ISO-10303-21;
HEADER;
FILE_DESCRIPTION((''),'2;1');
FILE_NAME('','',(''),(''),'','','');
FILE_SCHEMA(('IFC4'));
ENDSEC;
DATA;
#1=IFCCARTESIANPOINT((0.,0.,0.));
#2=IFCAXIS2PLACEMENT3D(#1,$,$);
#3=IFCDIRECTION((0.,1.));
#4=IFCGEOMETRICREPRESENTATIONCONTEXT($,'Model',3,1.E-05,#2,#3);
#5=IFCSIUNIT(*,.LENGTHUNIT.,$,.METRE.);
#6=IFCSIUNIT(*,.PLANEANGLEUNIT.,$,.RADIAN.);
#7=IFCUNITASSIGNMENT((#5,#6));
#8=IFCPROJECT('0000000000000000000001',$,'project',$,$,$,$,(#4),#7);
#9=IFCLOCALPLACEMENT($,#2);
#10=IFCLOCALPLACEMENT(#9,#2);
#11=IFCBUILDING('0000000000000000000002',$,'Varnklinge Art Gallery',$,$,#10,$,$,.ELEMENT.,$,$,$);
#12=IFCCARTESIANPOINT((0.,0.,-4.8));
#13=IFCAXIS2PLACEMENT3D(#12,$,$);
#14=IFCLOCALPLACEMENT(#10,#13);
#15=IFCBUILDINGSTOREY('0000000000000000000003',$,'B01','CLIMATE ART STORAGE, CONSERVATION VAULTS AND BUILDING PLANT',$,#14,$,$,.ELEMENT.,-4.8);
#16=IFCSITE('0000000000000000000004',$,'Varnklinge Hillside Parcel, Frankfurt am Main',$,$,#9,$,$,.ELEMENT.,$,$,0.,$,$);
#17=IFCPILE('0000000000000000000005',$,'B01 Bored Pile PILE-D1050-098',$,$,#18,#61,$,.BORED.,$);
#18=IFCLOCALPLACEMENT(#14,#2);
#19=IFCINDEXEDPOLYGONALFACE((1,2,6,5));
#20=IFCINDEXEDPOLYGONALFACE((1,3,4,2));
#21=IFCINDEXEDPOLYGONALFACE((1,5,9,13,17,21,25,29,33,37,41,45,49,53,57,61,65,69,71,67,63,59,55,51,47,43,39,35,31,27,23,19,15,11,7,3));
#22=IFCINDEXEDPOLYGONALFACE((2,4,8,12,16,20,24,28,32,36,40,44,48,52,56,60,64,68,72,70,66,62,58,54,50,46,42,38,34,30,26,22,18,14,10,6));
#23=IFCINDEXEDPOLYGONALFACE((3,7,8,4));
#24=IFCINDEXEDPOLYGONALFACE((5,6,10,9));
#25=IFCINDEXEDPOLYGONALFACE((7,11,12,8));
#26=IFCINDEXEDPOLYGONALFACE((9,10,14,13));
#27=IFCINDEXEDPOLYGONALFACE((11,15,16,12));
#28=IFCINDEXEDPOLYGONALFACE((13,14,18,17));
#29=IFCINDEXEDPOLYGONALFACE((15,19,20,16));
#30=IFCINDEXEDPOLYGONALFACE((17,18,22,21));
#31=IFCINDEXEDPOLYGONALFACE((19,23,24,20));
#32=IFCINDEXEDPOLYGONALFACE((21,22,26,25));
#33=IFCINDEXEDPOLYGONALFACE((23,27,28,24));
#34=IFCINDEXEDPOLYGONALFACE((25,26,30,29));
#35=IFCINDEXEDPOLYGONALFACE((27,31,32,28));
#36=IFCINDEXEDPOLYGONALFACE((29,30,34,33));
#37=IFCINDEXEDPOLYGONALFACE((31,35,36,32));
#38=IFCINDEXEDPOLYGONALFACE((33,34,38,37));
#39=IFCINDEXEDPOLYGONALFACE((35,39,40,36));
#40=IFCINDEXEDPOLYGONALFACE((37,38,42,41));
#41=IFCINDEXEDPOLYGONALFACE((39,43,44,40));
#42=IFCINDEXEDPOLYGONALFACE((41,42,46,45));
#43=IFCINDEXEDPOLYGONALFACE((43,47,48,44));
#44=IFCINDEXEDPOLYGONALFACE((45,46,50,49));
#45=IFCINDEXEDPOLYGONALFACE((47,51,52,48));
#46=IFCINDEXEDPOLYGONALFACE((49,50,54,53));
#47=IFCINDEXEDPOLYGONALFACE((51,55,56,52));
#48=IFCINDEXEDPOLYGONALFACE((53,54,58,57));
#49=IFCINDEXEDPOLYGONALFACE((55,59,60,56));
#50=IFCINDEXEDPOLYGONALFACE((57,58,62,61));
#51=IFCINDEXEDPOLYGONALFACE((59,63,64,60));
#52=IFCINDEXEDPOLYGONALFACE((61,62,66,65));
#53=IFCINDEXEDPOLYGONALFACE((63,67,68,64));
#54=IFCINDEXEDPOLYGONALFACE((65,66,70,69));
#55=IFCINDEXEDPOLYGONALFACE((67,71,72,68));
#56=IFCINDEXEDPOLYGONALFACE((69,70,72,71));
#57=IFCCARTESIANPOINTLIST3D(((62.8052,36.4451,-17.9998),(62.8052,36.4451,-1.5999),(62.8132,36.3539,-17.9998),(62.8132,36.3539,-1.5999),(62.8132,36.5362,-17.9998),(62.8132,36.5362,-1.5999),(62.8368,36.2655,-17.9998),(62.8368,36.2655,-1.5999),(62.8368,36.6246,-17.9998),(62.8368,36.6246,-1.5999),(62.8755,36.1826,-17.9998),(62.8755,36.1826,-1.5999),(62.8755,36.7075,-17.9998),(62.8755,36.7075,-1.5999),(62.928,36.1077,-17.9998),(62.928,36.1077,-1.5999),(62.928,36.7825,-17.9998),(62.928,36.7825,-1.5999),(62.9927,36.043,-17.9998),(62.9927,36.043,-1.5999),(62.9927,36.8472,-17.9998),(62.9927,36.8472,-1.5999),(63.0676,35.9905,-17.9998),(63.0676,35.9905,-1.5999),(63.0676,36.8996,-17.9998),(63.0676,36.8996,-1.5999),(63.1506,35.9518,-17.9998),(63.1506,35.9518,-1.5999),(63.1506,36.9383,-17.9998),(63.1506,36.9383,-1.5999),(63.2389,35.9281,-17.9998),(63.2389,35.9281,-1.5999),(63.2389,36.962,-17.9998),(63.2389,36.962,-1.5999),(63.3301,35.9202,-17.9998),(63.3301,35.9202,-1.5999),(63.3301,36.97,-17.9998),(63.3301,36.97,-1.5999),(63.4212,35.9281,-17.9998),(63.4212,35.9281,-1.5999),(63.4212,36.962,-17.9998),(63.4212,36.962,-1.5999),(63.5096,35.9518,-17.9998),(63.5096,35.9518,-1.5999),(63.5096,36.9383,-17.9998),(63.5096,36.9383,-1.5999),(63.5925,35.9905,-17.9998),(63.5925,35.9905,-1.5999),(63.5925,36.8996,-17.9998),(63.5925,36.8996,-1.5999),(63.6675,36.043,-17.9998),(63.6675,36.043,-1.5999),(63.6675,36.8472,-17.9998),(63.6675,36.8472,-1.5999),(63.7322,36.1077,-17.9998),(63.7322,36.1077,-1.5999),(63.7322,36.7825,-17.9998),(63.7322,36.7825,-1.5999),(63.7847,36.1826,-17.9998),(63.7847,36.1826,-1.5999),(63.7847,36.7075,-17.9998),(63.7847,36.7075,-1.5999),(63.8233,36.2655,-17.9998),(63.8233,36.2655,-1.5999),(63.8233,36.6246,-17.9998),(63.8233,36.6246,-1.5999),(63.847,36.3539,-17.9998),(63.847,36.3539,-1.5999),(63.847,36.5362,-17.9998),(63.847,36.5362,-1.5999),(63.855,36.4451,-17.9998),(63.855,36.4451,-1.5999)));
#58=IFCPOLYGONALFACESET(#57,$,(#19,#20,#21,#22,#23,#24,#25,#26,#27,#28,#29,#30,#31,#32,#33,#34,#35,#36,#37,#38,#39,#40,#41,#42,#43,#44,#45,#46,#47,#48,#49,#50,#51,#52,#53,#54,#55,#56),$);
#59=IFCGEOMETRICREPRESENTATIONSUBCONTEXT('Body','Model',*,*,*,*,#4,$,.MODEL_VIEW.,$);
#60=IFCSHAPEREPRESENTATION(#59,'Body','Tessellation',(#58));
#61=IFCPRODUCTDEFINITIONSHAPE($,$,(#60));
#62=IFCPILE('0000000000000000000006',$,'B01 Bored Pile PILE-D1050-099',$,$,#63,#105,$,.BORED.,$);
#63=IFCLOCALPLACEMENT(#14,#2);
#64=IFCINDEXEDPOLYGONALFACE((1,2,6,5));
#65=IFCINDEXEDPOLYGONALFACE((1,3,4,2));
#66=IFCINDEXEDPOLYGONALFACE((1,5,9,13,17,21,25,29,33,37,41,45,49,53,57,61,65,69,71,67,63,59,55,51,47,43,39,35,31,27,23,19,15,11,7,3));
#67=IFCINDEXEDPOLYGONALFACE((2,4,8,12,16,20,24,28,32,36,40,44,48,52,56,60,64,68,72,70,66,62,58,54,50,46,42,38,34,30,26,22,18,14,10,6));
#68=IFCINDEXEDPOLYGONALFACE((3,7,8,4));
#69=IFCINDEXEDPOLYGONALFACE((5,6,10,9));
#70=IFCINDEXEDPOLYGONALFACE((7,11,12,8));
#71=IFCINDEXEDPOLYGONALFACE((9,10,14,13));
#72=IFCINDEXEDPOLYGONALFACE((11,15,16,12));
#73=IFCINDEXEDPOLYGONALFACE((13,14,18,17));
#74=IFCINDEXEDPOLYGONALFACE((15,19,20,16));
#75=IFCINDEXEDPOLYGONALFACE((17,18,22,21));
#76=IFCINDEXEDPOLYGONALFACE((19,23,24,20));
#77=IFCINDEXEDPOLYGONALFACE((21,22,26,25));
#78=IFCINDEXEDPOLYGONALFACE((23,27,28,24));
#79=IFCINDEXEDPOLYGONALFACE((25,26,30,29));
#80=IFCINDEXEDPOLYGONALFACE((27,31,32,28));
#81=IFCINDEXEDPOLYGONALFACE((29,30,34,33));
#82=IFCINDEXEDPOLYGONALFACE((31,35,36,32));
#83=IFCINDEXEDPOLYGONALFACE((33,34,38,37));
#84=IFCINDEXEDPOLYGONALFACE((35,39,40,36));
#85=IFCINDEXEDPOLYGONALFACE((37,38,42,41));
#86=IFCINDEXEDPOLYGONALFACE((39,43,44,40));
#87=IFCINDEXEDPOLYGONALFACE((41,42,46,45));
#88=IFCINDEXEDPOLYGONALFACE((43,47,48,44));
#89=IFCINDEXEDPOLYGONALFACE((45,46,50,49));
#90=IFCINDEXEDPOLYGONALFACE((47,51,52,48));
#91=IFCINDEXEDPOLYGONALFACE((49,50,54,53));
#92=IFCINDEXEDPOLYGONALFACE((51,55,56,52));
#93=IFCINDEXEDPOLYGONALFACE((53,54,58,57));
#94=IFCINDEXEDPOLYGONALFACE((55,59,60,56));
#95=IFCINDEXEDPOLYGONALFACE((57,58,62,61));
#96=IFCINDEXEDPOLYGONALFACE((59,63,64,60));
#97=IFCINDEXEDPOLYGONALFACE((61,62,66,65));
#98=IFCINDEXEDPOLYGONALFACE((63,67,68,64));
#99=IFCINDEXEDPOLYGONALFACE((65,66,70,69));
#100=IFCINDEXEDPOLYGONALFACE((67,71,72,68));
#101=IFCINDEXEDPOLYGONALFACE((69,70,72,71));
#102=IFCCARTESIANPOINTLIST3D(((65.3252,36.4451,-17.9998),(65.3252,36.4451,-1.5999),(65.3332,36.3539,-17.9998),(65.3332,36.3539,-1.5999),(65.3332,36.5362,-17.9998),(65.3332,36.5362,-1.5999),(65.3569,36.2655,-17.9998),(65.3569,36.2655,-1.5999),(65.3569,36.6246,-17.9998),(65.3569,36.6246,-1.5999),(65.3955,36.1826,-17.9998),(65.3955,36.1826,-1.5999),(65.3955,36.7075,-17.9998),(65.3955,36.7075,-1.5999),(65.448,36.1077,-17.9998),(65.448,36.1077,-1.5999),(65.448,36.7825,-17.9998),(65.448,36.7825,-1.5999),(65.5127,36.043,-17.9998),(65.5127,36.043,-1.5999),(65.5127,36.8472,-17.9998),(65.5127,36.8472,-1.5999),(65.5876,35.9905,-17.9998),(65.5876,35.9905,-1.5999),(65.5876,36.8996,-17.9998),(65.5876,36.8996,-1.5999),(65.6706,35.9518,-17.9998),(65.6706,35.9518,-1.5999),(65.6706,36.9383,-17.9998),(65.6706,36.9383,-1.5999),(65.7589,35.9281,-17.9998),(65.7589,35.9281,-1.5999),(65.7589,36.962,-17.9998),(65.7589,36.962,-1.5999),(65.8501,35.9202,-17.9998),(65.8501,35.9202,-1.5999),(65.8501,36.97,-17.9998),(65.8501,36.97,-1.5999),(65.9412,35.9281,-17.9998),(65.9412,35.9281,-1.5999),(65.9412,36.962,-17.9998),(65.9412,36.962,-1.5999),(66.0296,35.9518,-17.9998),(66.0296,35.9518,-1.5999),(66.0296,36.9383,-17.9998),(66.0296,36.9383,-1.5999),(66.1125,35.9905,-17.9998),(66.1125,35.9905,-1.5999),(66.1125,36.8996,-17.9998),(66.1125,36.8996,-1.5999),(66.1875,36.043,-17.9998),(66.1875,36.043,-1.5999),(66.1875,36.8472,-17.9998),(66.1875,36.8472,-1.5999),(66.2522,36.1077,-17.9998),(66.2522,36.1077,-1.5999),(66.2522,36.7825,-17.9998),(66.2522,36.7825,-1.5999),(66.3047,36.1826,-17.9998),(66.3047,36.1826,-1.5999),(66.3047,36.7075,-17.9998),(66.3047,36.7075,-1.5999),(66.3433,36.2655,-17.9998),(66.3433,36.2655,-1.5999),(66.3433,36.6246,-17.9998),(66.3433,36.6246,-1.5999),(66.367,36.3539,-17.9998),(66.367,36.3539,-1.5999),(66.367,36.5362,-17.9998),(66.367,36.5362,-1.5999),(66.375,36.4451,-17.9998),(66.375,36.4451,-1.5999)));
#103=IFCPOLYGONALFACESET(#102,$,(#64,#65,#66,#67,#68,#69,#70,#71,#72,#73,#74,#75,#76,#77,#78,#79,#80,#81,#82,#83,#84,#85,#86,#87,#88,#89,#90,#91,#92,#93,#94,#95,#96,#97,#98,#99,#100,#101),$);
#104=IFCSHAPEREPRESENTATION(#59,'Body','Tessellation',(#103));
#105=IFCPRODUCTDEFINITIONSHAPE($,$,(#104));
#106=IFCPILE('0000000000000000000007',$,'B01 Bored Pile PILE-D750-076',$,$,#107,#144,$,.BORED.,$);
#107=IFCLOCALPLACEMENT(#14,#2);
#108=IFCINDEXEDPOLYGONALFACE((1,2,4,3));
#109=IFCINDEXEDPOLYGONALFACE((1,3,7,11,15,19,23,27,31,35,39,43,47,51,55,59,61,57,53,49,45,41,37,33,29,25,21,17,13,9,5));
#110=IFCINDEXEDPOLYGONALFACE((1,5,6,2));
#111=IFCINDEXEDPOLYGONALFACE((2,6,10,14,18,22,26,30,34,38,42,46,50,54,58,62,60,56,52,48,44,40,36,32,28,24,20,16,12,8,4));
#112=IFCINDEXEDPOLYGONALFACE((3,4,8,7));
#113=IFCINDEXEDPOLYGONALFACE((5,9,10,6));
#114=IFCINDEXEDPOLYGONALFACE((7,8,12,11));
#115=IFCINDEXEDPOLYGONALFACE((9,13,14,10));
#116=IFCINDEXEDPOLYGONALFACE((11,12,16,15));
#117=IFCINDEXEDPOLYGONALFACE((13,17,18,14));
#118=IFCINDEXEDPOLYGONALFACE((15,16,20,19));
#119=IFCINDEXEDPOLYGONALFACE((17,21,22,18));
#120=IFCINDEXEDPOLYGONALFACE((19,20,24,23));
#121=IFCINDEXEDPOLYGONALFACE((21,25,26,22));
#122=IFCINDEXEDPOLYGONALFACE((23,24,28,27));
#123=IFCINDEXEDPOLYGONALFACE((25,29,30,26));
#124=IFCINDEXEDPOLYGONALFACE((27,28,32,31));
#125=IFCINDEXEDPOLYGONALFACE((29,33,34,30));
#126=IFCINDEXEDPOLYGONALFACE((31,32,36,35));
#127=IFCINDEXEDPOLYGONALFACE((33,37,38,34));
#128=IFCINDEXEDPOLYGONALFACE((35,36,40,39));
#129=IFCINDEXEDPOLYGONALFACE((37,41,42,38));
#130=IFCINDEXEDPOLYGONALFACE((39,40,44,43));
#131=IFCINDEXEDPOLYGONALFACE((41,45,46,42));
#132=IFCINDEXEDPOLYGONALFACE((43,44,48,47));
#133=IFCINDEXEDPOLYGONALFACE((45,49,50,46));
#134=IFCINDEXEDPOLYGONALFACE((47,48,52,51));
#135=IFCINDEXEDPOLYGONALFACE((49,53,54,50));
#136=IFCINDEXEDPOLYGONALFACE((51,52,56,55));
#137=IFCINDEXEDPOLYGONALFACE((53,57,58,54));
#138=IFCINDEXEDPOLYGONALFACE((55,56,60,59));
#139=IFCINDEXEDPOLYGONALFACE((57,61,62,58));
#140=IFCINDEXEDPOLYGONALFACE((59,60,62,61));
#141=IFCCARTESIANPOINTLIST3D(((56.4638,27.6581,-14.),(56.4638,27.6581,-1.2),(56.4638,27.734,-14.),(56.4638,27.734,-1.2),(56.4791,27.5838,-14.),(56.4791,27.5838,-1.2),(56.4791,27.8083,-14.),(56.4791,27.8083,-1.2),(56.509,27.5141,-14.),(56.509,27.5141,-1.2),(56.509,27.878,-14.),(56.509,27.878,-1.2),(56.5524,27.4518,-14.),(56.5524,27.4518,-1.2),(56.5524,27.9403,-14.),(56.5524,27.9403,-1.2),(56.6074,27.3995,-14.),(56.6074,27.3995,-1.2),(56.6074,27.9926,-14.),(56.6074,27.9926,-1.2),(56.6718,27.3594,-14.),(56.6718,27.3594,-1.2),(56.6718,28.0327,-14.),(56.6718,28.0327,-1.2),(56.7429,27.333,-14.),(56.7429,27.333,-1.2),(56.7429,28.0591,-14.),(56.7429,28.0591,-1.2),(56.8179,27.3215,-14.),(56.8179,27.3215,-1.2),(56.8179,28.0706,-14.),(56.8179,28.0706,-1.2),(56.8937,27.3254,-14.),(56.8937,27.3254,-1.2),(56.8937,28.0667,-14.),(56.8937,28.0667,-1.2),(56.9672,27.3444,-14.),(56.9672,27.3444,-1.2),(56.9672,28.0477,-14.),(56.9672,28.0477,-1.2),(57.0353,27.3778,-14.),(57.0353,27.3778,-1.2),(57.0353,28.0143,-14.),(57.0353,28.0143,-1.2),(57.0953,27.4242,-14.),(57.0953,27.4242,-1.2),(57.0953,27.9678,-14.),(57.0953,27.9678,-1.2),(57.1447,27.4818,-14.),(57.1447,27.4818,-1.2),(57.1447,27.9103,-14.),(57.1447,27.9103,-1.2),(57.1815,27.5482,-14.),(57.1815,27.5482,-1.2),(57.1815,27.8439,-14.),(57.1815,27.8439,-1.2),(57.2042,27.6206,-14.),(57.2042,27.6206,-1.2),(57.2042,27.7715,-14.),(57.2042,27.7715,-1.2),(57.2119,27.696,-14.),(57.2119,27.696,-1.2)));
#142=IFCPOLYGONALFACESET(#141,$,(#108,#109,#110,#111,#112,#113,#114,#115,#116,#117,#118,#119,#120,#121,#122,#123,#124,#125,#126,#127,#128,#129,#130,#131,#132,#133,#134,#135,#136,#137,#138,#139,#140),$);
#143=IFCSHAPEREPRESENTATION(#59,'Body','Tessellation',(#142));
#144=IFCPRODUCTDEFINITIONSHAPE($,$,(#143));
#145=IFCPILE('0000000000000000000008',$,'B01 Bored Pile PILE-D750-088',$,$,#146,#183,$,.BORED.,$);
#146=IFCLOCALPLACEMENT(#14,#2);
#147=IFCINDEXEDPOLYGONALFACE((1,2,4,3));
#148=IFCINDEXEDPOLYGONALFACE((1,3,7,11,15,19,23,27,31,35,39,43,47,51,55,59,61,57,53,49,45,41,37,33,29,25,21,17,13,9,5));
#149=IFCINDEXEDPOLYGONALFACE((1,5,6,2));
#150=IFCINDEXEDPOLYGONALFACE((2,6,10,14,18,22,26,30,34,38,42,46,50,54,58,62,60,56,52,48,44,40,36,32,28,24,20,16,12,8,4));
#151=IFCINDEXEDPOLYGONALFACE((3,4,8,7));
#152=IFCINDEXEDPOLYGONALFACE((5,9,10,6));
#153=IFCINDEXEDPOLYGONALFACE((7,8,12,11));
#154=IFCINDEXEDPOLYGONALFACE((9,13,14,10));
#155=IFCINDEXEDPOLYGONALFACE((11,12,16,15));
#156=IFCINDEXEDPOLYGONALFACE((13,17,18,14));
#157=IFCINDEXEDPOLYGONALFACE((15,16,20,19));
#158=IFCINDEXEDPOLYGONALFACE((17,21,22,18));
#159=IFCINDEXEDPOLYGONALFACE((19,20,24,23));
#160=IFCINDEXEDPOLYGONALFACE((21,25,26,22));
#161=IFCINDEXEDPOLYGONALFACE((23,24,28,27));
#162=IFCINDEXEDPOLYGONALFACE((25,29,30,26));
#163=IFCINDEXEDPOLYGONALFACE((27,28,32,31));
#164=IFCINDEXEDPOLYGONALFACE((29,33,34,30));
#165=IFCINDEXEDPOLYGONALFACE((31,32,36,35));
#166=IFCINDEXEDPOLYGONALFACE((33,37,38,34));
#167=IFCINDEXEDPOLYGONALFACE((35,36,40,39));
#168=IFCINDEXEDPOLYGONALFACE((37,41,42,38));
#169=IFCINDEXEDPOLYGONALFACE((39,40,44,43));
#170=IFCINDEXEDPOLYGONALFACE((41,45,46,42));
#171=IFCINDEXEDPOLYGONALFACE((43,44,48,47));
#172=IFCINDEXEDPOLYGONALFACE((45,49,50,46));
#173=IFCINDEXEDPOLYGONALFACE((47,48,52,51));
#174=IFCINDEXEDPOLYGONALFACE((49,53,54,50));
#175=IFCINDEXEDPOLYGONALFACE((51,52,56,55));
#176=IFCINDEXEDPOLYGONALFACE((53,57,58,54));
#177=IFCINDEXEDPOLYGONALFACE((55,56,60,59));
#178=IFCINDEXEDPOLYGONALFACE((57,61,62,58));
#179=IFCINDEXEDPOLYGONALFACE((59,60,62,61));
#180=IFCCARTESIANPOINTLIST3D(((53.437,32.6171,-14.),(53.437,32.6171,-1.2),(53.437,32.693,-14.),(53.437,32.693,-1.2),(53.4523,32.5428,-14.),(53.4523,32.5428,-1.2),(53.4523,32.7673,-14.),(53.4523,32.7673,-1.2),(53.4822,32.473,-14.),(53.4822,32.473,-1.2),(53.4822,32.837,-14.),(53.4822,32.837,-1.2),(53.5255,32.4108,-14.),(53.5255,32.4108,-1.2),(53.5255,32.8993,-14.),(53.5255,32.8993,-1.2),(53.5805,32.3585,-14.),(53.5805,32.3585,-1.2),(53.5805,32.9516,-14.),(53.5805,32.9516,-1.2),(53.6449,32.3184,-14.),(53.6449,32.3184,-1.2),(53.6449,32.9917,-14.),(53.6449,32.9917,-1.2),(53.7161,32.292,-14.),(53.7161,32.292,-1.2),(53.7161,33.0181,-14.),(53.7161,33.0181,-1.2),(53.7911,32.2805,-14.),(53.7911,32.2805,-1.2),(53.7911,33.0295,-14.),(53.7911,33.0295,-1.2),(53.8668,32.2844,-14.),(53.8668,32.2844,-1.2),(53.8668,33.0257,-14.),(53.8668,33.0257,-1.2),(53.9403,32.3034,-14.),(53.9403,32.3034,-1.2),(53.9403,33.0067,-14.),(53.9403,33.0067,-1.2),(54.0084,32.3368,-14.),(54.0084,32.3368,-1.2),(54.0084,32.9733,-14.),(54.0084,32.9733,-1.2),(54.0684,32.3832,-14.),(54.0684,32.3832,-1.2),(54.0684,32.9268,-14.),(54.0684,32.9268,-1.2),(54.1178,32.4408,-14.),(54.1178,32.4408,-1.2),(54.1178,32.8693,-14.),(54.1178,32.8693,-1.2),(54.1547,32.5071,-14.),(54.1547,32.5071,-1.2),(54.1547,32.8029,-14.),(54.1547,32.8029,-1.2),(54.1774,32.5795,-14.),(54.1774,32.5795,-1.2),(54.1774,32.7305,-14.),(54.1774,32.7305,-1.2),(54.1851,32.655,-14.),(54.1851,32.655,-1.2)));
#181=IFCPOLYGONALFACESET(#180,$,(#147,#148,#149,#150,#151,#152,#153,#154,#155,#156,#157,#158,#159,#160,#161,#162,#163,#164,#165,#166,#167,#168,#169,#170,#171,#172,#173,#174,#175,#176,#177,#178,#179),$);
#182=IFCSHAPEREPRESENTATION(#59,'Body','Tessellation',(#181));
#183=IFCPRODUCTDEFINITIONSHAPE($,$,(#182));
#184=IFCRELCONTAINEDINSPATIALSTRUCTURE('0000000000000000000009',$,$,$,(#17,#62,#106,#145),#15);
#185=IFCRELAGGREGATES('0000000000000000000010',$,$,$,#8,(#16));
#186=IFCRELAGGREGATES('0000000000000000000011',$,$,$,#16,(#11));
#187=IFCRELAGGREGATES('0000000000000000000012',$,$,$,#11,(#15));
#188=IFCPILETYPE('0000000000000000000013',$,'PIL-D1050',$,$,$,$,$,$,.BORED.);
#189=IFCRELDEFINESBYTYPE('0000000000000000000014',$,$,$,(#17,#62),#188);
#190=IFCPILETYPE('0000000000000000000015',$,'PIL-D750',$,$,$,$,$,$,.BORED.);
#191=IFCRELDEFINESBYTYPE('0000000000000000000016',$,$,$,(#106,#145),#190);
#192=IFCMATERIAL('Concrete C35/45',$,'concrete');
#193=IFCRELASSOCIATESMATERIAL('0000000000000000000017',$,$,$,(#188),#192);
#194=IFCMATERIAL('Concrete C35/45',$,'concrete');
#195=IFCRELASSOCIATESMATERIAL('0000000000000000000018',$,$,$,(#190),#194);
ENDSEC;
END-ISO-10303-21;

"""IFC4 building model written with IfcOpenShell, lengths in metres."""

from ifc_helpers import new_model, si_unit, direction, frame, origin, origin_2d, place, context, subcontext, project, spatial, circle, extrude, material, material_profile, profile_set, type_object, element, save


model = new_model("IFC4")

# Units and contexts
model_context = context("Model", 3, precision=1e-05, world=origin(), true_north=direction((0.0, 1.0)))
body_context = subcontext(model_context, "Body", "Model", "MODEL_VIEW")
ifc_project = project(units=[si_unit("LENGTHUNIT", "METRE"), si_unit("PLANEANGLEUNIT", "RADIAN")], contexts=[model_context])

# Site, building, storey
site_placement = place(None, origin())
site = spatial("IfcSite", under=ifc_project, at=site_placement, Name="Varnklinge Hillside Parcel, Frankfurt am Main", CompositionType="ELEMENT", RefElevation=0.0)
building_placement = place(site_placement, origin())
building = spatial("IfcBuilding", under=site, at=building_placement, Name="Varnklinge Art Gallery", CompositionType="ELEMENT")
storey_placement = place(building_placement, frame((0.0, 0.0, -4.8)))
storey = spatial("IfcBuildingStorey", under=building, at=storey_placement, Name="B01", Description="CLIMATE ART STORAGE, CONSERVATION VAULTS AND BUILDING PLANT", CompositionType="ELEMENT", Elevation=-4.8)

# Piles
ifc_material_1 = material(Name="Concrete C35/45", Category="concrete")
ifc_material_profile_1 = material_profile(ifc_material_1, circle(Radius=0.5249, at=origin_2d()), Name="PILE D1050")
ifc_profile_set_1 = profile_set([ifc_material_profile_1], Name="Concrete C35/45")
pile_type_1 = type_object("IfcPileType", Name="PIL-D1050", PredefinedType="BORED", material=ifc_profile_set_1)
for number, where, z_axis, x_axis, name in (
    (1, (63.3301, 36.4451, -1.5999), (0.0, 0.0, -1.0), (1.0, 0.0, 0.0), "B01 Bored Pile PILE-D1050-098"),
    (2, (65.8501, 36.4451, -1.5999), (0.0, 0.0, -1.0), (1.0, 0.0, 0.0), "B01 Bored Pile PILE-D1050-099"),
):
    element("IfcPile", number, at=place(storey_placement, frame(where, z_axis=z_axis, x_axis=x_axis)), inside=storey, type_object=pile_type_1, Name=name, PredefinedType="BORED", context=body_context, shape_type="SweptSolid", body=[
        extrude(circle(Radius=0.5249, at=origin_2d()), origin(), (0.0, 0.0, 1.0), 16.3999),
    ])
ifc_material_2 = material(Name="Concrete C35/45", Category="concrete")
ifc_material_profile_2 = material_profile(ifc_material_2, circle(Radius=0.375, at=origin_2d()), Name="PILE D750")
ifc_profile_set_2 = profile_set([ifc_material_profile_2], Name="Concrete C35/45")
pile_type_2 = type_object("IfcPileType", Name="PIL-D750", PredefinedType="BORED", material=ifc_profile_set_2)
for number, where, z_axis, x_axis, name in (
    (3, (56.8369, 27.696, -1.2), (0.0, 0.0, -1.0), (1.0, 0.0, 0.0), "B01 Bored Pile PILE-D750-076"),
    (4, (53.8101, 32.655, -1.2), (0.0, 0.0, -1.0), (1.0, 0.0, 0.0), "B01 Bored Pile PILE-D750-088"),
):
    element("IfcPile", number, at=place(storey_placement, frame(where, z_axis=z_axis, x_axis=x_axis)), inside=storey, type_object=pile_type_2, Name=name, PredefinedType="BORED", context=body_context, shape_type="SweptSolid", body=[
        extrude(circle(Radius=0.375, at=origin_2d()), origin(), (0.0, 0.0, 1.0), 12.8),
    ])

save(model, "model.ifc")
